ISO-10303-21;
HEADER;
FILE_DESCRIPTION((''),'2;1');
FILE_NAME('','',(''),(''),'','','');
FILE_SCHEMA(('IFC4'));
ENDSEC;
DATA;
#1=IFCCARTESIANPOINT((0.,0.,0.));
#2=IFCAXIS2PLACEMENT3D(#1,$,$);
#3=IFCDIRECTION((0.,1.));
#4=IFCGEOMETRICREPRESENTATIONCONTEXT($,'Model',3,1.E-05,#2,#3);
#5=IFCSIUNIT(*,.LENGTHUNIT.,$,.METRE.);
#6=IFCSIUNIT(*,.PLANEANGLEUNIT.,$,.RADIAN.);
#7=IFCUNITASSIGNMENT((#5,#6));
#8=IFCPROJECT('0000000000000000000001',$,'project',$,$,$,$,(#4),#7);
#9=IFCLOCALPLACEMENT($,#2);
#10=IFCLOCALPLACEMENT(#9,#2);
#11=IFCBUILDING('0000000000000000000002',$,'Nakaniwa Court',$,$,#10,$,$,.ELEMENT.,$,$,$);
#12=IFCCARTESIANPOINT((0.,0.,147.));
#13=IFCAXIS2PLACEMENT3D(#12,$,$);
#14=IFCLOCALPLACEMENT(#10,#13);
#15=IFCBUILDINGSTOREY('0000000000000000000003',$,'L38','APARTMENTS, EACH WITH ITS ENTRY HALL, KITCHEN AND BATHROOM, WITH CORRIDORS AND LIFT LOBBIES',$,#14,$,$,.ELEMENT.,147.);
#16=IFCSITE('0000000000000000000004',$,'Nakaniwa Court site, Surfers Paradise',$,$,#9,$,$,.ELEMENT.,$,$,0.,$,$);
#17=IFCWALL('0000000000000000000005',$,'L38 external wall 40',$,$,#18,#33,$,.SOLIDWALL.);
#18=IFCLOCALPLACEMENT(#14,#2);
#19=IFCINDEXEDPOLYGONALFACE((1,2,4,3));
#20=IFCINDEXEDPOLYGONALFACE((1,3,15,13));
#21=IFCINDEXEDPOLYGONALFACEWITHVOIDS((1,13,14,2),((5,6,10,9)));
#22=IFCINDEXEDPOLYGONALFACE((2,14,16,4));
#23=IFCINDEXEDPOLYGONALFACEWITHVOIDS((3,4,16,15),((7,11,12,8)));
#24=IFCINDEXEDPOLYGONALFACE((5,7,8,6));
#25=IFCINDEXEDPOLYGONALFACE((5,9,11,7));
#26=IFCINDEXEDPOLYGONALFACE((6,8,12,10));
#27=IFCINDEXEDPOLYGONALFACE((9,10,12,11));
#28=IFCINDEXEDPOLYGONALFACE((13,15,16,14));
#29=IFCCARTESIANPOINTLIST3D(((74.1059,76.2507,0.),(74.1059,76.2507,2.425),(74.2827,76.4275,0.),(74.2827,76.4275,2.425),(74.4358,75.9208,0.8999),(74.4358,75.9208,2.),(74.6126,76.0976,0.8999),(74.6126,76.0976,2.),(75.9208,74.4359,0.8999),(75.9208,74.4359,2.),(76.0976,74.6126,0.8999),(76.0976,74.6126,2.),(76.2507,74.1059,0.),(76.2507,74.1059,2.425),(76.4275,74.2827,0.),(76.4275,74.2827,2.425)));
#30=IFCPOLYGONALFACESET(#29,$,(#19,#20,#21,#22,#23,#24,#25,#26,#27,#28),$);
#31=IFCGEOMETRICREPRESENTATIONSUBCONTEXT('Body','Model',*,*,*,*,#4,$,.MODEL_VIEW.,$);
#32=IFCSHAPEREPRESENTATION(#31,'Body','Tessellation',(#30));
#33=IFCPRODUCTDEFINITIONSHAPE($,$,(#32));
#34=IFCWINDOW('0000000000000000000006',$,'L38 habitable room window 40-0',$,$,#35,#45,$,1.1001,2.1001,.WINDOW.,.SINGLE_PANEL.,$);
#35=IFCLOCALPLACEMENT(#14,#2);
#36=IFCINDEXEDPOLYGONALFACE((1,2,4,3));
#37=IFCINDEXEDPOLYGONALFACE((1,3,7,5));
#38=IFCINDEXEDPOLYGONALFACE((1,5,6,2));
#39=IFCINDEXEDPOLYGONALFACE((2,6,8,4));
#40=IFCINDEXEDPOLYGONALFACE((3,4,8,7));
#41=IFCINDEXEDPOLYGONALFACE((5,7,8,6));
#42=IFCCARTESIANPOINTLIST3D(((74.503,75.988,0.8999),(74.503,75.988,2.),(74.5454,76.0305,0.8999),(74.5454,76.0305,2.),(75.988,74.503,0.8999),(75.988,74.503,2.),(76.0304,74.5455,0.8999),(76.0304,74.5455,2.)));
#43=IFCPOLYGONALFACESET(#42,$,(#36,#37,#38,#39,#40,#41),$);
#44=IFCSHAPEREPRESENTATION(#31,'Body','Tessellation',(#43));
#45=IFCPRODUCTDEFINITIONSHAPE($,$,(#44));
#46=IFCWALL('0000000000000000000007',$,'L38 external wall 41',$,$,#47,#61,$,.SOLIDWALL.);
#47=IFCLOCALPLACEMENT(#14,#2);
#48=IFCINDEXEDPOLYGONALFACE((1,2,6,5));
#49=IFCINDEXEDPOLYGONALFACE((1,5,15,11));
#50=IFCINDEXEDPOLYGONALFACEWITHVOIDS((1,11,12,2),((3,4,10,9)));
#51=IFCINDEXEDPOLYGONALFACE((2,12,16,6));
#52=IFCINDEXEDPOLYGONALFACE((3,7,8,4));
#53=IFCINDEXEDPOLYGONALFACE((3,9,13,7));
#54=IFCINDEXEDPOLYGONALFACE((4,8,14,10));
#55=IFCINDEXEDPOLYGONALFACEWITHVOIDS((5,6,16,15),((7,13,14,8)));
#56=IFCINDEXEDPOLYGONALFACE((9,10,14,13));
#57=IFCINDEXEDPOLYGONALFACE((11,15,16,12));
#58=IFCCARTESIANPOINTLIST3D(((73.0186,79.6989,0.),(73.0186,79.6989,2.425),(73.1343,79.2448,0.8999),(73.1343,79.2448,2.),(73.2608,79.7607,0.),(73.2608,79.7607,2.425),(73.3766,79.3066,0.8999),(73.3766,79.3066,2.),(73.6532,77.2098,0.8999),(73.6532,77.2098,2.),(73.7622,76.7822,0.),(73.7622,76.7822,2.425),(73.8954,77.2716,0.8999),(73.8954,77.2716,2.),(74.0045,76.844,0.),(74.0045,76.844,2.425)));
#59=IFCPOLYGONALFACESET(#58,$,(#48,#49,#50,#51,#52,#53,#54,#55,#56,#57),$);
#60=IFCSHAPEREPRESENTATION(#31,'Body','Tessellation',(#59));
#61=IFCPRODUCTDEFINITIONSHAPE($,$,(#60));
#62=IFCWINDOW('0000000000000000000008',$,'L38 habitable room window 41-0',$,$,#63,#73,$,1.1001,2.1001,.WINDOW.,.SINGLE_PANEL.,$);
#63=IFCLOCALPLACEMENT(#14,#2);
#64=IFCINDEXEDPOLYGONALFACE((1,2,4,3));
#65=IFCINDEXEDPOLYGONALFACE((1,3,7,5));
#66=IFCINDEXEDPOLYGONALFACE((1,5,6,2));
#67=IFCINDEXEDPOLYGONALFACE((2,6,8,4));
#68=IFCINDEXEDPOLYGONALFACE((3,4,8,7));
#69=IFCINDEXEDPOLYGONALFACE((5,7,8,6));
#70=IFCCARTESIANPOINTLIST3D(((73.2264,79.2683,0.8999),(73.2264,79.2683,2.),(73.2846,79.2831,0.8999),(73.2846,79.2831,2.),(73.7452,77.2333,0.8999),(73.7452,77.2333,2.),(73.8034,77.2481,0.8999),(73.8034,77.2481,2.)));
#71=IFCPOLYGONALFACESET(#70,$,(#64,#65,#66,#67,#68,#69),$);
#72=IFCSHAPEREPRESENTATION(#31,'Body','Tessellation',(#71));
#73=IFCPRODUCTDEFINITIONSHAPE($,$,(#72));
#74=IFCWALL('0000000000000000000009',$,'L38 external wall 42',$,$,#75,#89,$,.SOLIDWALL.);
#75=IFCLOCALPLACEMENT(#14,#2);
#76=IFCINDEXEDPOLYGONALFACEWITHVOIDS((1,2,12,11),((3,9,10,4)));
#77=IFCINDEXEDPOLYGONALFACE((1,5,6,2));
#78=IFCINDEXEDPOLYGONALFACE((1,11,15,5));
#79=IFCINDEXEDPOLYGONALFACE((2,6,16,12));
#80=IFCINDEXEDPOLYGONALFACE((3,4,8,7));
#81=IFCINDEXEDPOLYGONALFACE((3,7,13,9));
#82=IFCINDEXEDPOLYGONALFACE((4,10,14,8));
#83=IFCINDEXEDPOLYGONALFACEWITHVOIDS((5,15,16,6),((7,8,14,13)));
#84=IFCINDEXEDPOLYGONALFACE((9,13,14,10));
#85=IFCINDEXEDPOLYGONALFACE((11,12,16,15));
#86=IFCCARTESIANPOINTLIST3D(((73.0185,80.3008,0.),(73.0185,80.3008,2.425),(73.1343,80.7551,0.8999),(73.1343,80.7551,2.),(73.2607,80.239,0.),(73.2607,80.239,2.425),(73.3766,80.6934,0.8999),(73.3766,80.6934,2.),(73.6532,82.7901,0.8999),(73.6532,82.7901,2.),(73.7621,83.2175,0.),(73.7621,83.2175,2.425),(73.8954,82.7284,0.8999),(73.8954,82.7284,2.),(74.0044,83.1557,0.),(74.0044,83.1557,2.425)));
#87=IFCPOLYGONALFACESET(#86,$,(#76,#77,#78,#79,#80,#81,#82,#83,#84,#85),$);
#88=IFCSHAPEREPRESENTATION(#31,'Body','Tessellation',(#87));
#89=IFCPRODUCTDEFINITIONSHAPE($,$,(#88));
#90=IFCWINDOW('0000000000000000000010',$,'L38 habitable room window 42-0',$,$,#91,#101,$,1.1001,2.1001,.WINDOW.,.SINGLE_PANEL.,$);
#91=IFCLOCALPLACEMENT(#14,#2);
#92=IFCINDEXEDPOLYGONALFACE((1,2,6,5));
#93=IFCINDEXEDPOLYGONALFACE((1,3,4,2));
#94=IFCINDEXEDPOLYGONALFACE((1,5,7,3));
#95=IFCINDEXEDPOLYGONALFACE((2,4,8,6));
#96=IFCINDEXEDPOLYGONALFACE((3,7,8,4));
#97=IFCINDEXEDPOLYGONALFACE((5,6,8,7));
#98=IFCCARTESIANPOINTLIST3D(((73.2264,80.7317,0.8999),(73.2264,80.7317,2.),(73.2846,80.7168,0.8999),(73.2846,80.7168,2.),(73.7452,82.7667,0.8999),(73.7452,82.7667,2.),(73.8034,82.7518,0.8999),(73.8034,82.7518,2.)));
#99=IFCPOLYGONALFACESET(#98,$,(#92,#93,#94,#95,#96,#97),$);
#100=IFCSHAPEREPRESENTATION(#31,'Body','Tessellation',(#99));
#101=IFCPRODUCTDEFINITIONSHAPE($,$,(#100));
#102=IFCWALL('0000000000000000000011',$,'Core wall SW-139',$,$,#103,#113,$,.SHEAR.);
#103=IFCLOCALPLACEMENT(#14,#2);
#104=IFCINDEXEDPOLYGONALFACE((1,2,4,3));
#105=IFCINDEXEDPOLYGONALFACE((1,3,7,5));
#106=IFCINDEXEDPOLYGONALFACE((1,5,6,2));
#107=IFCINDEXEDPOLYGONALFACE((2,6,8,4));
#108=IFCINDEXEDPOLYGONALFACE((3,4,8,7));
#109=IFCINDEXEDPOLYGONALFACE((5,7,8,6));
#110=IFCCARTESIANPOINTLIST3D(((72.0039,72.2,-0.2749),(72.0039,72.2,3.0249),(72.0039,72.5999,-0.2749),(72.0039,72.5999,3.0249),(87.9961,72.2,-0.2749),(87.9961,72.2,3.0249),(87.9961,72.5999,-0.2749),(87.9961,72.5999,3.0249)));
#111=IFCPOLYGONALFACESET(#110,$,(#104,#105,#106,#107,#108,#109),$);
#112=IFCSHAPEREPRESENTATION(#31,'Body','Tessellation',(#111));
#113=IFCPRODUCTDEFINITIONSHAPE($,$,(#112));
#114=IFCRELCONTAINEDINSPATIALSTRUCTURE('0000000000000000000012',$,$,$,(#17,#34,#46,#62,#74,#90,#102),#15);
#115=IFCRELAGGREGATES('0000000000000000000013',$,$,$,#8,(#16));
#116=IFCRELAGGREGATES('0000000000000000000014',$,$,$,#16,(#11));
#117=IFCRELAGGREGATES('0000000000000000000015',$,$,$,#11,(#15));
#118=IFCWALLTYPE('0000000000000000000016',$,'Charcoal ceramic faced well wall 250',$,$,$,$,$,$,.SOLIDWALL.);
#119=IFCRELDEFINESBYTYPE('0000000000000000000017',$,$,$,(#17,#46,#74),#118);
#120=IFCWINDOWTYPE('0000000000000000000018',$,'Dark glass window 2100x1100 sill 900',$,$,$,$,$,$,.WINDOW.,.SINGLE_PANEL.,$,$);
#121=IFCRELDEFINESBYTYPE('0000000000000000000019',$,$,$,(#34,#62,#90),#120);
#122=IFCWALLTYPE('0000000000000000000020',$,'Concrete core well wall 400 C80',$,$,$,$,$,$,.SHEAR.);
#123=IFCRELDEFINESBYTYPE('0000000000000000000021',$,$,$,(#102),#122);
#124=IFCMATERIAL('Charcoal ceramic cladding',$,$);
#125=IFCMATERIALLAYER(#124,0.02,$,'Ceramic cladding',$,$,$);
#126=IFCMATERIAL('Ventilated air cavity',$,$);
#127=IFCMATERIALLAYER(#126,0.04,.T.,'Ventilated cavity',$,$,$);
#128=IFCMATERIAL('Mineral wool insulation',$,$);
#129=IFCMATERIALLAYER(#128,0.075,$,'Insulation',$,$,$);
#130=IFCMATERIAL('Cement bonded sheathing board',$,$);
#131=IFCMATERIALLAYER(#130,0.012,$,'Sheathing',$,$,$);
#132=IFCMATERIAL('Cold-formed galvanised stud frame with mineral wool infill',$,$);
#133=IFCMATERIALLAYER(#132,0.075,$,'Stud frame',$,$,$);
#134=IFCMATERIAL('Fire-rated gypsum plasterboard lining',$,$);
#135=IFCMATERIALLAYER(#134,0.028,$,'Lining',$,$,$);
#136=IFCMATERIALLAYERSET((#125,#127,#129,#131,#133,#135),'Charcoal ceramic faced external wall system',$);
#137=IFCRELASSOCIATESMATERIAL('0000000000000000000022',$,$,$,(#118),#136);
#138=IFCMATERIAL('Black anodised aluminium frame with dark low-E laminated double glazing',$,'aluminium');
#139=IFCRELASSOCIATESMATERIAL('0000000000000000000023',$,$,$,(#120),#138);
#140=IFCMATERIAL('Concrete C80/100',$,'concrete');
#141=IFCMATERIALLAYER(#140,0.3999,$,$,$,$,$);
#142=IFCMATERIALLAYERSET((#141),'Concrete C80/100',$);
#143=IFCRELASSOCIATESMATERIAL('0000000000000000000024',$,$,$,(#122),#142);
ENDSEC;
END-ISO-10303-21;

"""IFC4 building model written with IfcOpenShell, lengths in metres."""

from ifc_helpers import new_model, si_unit, direction, frame, frame_2d, origin, place, context, subcontext, project, spatial, rectangle, extrude, material, layer, layer_set, type_object, element, fill, save


model = new_model("IFC4")

# Units and contexts
model_context = context("Model", 3, precision=1e-05, world=origin(), true_north=direction((0.0, 1.0)))
body_context = subcontext(model_context, "Body", "Model", "MODEL_VIEW")
ifc_project = project(units=[si_unit("LENGTHUNIT", "METRE"), si_unit("PLANEANGLEUNIT", "RADIAN")], contexts=[model_context])

# Site, building, storey
site_placement = place(None, origin())
site = spatial("IfcSite", under=ifc_project, at=site_placement, Name="Nakaniwa Court site, Surfers Paradise", CompositionType="ELEMENT", RefElevation=0.0)
building_placement = place(site_placement, origin())
building = spatial("IfcBuilding", under=site, at=building_placement, Name="Nakaniwa Court", CompositionType="ELEMENT")
storey_placement = place(building_placement, frame((0.0, 0.0, 147.0)))
storey = spatial("IfcBuildingStorey", under=building, at=storey_placement, Name="L38", Description="APARTMENTS, EACH WITH ITS ENTRY HALL, KITCHEN AND BATHROOM, WITH CORRIDORS AND LIFT LOBBIES", CompositionType="ELEMENT", Elevation=147.0)

# Shared definitions
ifc_material_1 = material(Name="Concrete C80/100", Category="concrete")

# Walls, openings, windows
ifc_material_2 = material(Name="Charcoal ceramic cladding")
ifc_layer_1 = layer(ifc_material_2, 0.02, Name="Ceramic cladding")
ifc_material_3 = material(Name="Ventilated air cavity")
ifc_layer_2 = layer(ifc_material_3, 0.04, ventilated=True, Name="Ventilated cavity")
ifc_material_4 = material(Name="Mineral wool insulation")
ifc_layer_3 = layer(ifc_material_4, 0.075, Name="Insulation")
ifc_material_5 = material(Name="Cement bonded sheathing board")
ifc_layer_4 = layer(ifc_material_5, 0.012, Name="Sheathing")
ifc_material_6 = material(Name="Cold-formed galvanised stud frame with mineral wool infill")
ifc_layer_5 = layer(ifc_material_6, 0.075, Name="Stud frame")
ifc_material_7 = material(Name="Fire-rated gypsum plasterboard lining")
ifc_layer_6 = layer(ifc_material_7, 0.028, Name="Lining")
ifc_layer_set_1 = layer_set([ifc_layer_1, ifc_layer_2, ifc_layer_3, ifc_layer_4, ifc_layer_5, ifc_layer_6], Name="Charcoal ceramic faced external wall system")
wall_type_1 = type_object("IfcWallType", Name="Charcoal ceramic faced well wall 250", PredefinedType="SOLIDWALL", material=ifc_layer_set_1)
wall_1_placement = place(storey_placement, frame((76.3391, 74.1943, 0.0), z_axis=(0.0, 0.0, 1.0), x_axis=(-0.707107, 0.707107, 0.0)))
wall_1 = element("IfcWall", 1, at=wall_1_placement, inside=storey, type_object=wall_type_1, Name="L38 external wall 40", PredefinedType="SOLIDWALL", context=body_context, shape_type="SweptSolid", body=[
    extrude(rectangle(XDim=3.0332, YDim=0.25, at=frame_2d((1.5166, 0.0))), origin(), (0.0, 0.0, 1.0), 2.425),
])
opening_1_placement = place(wall_1_placement, frame((0.4666, 0.0, 0.8999)))
opening_1 = element("IfcOpeningElement", 2, at=opening_1_placement, cuts=wall_1, PredefinedType="OPENING", context=body_context, shape_type="SweptSolid", body=[
    extrude(rectangle(XDim=2.1001, YDim=1.1001, at=frame_2d((1.05, 0.55))), frame((0.0, 0.135, 0.0), z_axis=(0.0, -1.0, 0.0), x_axis=(1.0, 0.0, 0.0)), (0.0, 0.0, 1.0), 0.27),
])
ifc_material_8 = material(Name="Black anodised aluminium frame with dark low-E laminated double glazing", Category="aluminium")
window_type = type_object("IfcWindowType", Name="Dark glass window 2100x1100 sill 900", PartitioningType="SINGLE_PANEL", PredefinedType="WINDOW", material=ifc_material_8)
window_1_placement = place(opening_1_placement, origin())
window_1 = element("IfcWindow", 3, at=window_1_placement, inside=storey, type_object=window_type, Name="L38 habitable room window 40-0", OverallHeight=1.1001, OverallWidth=2.1001, PartitioningType="SINGLE_PANEL", PredefinedType="WINDOW", context=body_context, shape_type="SweptSolid", body=[
    extrude(rectangle(XDim=2.1001, YDim=1.1001, at=frame_2d((1.05, 0.55))), frame((0.0, 0.03, 0.0), z_axis=(0.0, -1.0, 0.0), x_axis=(1.0, 0.0, 0.0)), (0.0, 0.0, 1.0), 0.0601),
])
fill(opening_1, window_1)
wall_2_placement = place(storey_placement, frame((73.8833, 76.8132, 0.0), z_axis=(0.0, 0.0, 1.0), x_axis=(-0.247056, 0.969001, 0.0)))
wall_2 = element("IfcWall", 4, at=wall_2_placement, inside=storey, type_object=wall_type_1, Name="L38 external wall 41", PredefinedType="SOLIDWALL", context=body_context, shape_type="SweptSolid", body=[
    extrude(rectangle(XDim=3.01, YDim=0.25, at=frame_2d((1.5049, 0.0))), origin(), (0.0, 0.0, 1.0), 2.425),
])
opening_2_placement = place(wall_2_placement, frame((0.4412, 0.0, 0.8999)))
opening_2 = element("IfcOpeningElement", 5, at=opening_2_placement, cuts=wall_2, PredefinedType="OPENING", context=body_context, shape_type="SweptSolid", body=[
    extrude(rectangle(XDim=2.1001, YDim=1.1001, at=frame_2d((1.05, 0.55))), frame((0.0, 0.135, 0.0), z_axis=(0.0, -1.0, 0.0), x_axis=(1.0, 0.0, 0.0)), (0.0, 0.0, 1.0), 0.27),
])
window_2_placement = place(opening_2_placement, origin())
window_2 = element("IfcWindow", 6, at=window_2_placement, inside=storey, type_object=window_type, Name="L38 habitable room window 41-0", OverallHeight=1.1001, OverallWidth=2.1001, PartitioningType="SINGLE_PANEL", PredefinedType="WINDOW", context=body_context, shape_type="SweptSolid", body=[
    extrude(rectangle(XDim=2.1001, YDim=1.1001, at=frame_2d((1.05, 0.55))), frame((0.0, 0.03, 0.0), z_axis=(0.0, -1.0, 0.0), x_axis=(1.0, 0.0, 0.0)), (0.0, 0.0, 1.0), 0.0601),
])
fill(opening_2, window_2)
wall_3_placement = place(storey_placement, frame((73.1396, 80.27, 0.0), z_axis=(0.0, 0.0, 1.0), x_axis=(0.247056, 0.969001, 0.0)))
wall_3 = element("IfcWall", 7, at=wall_3_placement, inside=storey, type_object=wall_type_1, Name="L38 external wall 42", PredefinedType="SOLIDWALL", context=body_context, shape_type="SweptSolid", body=[
    extrude(rectangle(XDim=3.01, YDim=0.25, at=frame_2d((1.5049, 0.0))), origin(), (0.0, 0.0, 1.0), 2.425),
])
opening_3_placement = place(wall_3_placement, frame((0.4688, 0.0, 0.8999)))
opening_3 = element("IfcOpeningElement", 8, at=opening_3_placement, cuts=wall_3, PredefinedType="OPENING", context=body_context, shape_type="SweptSolid", body=[
    extrude(rectangle(XDim=2.1001, YDim=1.1001, at=frame_2d((1.05, 0.55))), frame((0.0, 0.135, 0.0), z_axis=(0.0, -1.0, 0.0), x_axis=(1.0, 0.0, 0.0)), (0.0, 0.0, 1.0), 0.27),
])
window_3_placement = place(opening_3_placement, origin())
window_3 = element("IfcWindow", 9, at=window_3_placement, inside=storey, type_object=window_type, Name="L38 habitable room window 42-0", OverallHeight=1.1001, OverallWidth=2.1001, PartitioningType="SINGLE_PANEL", PredefinedType="WINDOW", context=body_context, shape_type="SweptSolid", body=[
    extrude(rectangle(XDim=2.1001, YDim=1.1001, at=frame_2d((1.05, 0.55))), frame((0.0, 0.03, 0.0), z_axis=(0.0, -1.0, 0.0), x_axis=(1.0, 0.0, 0.0)), (0.0, 0.0, 1.0), 0.0601),
])
fill(opening_3, window_3)

# Wall
ifc_layer_7 = layer(ifc_material_1, 0.3999)
ifc_layer_set_2 = layer_set([ifc_layer_7], Name="Concrete C80/100")
wall_type_2 = type_object("IfcWallType", Name="Concrete core well wall 400 C80", PredefinedType="SHEAR", material=ifc_layer_set_2)
wall_4_placement = place(storey_placement, frame((72.0039, 72.3999, -0.2749), z_axis=(0.0, 0.0, 1.0), x_axis=(1.0, 0.0, 0.0)))
element("IfcWall", 10, at=wall_4_placement, inside=storey, type_object=wall_type_2, Name="Core wall SW-139", PredefinedType="SHEAR", context=body_context, shape_type="SweptSolid", body=[
    extrude(rectangle(XDim=15.9922, YDim=0.3999, at=frame_2d((7.9961, 0.0))), origin(), (0.0, 0.0, 1.0), 3.2998),
])

save(model, "model.ifc")
